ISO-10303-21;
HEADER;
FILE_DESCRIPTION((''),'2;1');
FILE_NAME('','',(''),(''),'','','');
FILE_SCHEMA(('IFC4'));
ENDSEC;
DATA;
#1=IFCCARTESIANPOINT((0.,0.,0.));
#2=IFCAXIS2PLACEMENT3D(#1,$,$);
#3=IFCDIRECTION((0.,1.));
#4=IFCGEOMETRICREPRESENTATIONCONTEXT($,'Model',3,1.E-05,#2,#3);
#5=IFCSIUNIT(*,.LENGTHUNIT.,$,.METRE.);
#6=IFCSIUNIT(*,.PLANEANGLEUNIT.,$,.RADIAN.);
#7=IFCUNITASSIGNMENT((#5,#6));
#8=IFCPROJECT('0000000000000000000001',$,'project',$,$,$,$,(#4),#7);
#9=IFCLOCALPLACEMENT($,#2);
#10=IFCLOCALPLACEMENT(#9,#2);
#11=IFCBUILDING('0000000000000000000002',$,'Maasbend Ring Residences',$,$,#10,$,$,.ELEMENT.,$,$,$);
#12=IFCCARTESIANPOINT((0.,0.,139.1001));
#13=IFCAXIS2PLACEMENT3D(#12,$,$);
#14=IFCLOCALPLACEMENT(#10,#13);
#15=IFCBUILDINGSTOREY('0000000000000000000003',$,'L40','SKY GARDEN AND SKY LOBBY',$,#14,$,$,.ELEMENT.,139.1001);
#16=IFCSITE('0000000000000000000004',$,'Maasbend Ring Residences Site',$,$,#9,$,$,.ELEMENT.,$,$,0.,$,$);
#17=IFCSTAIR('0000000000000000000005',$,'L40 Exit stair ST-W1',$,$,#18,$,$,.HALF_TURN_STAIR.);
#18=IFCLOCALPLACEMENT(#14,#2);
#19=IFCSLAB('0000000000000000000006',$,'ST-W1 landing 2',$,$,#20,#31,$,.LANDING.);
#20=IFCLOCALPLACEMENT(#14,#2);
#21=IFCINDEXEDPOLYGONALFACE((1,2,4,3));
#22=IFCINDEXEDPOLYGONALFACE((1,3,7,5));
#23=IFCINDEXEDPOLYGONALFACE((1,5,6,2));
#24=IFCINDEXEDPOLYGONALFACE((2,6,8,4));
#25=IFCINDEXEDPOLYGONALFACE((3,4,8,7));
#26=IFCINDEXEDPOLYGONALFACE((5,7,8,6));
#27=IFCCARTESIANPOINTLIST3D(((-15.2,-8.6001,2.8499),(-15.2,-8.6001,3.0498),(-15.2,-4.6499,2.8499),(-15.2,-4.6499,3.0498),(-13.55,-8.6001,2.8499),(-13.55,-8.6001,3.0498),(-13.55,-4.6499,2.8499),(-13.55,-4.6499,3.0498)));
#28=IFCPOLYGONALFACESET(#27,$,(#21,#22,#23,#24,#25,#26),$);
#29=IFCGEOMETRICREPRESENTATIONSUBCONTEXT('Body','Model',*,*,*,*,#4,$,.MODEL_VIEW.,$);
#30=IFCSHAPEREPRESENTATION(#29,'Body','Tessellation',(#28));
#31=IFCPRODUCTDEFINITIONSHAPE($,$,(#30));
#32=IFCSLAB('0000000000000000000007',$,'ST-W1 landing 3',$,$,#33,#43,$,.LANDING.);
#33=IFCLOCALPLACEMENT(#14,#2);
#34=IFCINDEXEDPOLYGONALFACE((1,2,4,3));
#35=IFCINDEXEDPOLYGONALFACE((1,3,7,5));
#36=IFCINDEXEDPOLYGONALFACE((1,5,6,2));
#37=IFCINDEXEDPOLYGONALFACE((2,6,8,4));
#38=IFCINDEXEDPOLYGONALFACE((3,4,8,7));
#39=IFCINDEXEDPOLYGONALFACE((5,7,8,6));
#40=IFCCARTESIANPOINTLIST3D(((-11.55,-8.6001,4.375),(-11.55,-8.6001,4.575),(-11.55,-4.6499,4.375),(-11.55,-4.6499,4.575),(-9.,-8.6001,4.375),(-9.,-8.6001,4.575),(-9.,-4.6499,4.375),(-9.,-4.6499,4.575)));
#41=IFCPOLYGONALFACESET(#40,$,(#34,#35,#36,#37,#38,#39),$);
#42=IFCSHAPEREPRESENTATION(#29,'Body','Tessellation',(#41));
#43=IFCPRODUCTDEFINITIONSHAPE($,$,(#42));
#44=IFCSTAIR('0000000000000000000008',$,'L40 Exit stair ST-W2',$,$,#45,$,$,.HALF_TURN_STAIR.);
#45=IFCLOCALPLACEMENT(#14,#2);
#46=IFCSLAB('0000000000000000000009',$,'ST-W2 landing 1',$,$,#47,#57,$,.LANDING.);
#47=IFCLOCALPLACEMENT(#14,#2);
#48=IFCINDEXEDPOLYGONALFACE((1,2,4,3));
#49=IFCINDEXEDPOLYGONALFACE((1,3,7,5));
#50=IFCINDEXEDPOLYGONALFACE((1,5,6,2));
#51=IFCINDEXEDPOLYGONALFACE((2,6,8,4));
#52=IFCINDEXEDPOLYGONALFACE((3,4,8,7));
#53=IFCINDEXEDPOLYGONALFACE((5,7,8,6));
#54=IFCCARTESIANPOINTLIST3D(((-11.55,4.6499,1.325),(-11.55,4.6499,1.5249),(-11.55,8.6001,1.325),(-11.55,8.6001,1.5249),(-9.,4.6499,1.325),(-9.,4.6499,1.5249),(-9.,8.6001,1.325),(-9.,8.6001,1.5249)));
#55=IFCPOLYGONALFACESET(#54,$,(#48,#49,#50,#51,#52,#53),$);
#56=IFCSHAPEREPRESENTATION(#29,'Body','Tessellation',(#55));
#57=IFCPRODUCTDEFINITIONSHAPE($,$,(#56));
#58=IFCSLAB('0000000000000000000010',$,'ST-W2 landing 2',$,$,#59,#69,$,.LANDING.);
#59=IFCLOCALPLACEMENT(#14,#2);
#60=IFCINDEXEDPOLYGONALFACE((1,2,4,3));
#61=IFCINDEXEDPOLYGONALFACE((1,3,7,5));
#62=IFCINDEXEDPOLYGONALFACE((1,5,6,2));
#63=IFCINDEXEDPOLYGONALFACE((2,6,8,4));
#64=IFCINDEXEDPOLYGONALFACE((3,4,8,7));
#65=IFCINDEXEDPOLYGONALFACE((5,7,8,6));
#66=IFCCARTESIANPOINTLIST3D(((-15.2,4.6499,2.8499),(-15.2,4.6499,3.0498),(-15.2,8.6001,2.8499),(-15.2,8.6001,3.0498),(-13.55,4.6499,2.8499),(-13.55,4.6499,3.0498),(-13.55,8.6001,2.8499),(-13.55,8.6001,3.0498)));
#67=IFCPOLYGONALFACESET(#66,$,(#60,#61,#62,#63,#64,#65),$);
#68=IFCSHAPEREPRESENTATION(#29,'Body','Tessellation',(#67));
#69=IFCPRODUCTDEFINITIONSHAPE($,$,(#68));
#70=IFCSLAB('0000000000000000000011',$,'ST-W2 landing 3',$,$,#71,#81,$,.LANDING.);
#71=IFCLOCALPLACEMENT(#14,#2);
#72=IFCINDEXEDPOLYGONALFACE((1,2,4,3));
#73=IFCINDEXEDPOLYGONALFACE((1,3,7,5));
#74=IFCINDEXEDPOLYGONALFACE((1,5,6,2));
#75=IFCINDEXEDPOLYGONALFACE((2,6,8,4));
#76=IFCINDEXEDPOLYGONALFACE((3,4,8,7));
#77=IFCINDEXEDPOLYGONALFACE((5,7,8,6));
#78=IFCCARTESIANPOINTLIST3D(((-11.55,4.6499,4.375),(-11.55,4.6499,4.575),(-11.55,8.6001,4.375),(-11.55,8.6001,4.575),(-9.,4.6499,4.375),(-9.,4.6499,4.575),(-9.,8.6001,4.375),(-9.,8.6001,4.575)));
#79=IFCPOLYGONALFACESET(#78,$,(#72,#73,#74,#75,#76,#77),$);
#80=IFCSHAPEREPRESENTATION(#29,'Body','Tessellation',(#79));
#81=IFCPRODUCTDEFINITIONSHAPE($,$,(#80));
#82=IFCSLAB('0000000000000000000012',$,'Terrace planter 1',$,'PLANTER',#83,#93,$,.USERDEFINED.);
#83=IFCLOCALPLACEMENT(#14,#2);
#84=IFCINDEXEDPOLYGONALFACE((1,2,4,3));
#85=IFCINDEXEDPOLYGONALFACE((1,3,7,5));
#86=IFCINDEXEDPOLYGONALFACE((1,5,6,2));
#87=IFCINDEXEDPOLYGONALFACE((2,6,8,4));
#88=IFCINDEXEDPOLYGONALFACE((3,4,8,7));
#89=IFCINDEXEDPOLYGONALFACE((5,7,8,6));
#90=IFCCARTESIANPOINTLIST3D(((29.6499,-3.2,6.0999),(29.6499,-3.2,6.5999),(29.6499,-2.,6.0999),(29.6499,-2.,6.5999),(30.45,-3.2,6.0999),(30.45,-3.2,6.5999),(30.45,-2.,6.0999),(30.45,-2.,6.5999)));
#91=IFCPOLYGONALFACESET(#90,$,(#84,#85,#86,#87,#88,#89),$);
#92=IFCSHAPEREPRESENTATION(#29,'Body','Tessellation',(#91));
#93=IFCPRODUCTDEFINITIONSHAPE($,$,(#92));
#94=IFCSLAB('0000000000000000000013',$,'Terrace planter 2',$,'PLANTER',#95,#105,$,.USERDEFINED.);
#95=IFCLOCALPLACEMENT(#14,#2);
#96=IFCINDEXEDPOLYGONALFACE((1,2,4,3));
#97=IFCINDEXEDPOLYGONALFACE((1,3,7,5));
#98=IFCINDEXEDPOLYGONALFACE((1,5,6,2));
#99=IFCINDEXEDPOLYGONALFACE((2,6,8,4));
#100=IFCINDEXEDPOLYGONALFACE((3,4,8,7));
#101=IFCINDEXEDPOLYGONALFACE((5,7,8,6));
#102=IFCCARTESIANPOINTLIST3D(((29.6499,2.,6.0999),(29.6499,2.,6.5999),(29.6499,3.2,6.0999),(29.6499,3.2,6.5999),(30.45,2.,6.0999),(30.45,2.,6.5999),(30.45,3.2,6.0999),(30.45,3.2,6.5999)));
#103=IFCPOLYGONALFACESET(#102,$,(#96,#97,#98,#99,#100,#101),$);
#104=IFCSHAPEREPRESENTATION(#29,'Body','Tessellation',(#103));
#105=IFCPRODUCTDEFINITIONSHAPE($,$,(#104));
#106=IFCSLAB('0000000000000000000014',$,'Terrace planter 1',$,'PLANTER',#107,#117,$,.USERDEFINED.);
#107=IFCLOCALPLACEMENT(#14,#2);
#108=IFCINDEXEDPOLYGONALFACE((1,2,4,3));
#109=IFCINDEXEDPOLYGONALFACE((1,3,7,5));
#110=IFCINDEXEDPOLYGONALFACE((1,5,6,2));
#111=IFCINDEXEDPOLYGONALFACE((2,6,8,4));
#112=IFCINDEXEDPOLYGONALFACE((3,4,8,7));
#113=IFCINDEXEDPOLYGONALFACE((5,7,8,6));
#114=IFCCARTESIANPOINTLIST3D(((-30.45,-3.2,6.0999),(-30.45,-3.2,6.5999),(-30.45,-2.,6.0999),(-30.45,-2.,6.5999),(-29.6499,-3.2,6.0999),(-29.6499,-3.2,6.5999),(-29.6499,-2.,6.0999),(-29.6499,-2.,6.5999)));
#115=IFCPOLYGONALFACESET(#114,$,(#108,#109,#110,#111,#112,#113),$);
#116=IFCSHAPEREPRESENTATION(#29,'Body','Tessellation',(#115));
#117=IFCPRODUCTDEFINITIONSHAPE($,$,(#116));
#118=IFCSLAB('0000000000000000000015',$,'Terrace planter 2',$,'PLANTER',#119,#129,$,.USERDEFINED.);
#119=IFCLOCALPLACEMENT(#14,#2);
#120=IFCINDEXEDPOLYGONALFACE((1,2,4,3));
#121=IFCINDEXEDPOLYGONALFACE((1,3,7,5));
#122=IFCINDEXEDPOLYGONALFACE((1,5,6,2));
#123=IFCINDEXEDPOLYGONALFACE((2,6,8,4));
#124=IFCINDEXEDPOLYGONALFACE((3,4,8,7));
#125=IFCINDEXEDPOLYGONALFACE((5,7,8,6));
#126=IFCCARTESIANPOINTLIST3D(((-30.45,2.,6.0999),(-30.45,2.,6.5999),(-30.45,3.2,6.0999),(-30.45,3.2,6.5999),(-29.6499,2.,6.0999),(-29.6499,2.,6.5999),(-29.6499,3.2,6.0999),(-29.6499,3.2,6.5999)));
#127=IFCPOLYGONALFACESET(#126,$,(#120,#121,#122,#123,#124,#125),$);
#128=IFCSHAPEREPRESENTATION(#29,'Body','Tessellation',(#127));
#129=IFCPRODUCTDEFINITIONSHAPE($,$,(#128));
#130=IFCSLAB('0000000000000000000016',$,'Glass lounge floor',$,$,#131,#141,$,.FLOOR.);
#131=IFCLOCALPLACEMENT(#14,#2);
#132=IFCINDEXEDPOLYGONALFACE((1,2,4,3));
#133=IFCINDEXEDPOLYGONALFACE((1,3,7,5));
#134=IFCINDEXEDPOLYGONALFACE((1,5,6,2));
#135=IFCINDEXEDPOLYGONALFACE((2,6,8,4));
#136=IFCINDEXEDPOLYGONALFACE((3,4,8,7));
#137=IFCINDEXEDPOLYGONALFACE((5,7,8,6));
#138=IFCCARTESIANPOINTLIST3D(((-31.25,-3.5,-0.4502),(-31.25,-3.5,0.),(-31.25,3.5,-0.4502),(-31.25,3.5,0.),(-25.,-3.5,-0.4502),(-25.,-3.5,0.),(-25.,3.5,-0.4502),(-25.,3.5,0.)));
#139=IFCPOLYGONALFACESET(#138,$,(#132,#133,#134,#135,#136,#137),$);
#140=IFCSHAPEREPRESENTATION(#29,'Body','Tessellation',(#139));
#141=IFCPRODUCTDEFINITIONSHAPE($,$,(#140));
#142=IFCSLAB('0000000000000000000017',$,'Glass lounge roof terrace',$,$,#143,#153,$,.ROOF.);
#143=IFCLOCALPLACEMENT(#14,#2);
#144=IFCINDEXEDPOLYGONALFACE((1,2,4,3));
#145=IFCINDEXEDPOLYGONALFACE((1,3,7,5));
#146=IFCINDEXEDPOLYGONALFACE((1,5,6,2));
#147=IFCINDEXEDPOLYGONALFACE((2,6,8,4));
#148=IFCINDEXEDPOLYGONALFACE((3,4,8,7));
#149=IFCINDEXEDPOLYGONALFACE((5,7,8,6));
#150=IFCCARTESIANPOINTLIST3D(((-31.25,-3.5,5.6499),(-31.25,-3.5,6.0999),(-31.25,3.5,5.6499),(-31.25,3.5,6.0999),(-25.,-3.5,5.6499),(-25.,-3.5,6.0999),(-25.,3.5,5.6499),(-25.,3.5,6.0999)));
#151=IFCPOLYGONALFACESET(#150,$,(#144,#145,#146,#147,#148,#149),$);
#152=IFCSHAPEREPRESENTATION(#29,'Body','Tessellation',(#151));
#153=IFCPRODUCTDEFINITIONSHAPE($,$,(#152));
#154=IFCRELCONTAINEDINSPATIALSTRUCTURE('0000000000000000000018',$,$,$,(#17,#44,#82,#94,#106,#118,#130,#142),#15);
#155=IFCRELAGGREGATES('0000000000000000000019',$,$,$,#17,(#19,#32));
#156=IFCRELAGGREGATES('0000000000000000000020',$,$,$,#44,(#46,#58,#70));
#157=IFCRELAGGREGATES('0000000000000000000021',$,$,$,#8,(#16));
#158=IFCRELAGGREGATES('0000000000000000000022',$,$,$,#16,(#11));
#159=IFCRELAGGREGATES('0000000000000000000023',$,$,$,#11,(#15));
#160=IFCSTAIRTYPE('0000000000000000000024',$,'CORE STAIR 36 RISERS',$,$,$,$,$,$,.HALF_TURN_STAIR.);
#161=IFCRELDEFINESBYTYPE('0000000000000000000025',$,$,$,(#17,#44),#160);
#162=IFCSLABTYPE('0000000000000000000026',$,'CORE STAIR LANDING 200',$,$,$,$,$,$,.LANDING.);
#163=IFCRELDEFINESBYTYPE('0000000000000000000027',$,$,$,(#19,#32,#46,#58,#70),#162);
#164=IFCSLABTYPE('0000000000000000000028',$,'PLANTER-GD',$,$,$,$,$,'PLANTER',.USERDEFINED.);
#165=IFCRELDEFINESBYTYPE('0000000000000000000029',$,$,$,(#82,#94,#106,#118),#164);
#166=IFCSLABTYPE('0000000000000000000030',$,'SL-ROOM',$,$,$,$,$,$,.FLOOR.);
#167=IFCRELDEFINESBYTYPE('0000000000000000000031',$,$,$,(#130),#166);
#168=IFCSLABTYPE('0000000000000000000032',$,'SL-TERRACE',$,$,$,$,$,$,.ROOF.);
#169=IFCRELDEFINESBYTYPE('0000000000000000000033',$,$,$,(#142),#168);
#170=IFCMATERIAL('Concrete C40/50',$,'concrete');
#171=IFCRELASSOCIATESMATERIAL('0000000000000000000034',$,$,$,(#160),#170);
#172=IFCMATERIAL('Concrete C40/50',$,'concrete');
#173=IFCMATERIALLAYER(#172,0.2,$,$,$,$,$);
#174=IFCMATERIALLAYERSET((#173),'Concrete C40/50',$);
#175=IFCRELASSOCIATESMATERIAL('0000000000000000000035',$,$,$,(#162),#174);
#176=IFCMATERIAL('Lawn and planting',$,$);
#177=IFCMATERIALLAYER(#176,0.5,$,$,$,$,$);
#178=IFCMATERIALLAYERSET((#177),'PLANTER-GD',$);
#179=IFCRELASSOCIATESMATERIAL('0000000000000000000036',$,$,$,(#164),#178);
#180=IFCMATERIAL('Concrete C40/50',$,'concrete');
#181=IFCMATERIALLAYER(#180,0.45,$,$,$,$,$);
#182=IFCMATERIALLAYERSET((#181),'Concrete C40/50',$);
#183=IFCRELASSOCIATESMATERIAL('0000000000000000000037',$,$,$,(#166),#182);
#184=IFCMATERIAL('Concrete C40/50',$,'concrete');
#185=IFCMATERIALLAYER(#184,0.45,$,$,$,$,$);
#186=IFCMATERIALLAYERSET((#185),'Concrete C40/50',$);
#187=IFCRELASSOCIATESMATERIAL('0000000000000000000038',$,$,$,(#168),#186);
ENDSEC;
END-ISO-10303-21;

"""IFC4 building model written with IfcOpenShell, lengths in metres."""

from ifc_helpers import new_model, si_unit, direction, frame, origin, place, context, subcontext, project, spatial, polyline, outline, extrude, material, layer, layer_set, type_object, element, aggregate, save


model = new_model("IFC4")

# Units and contexts
model_context = context("Model", 3, precision=1e-05, world=origin(), true_north=direction((0.0, 1.0)))
body_context = subcontext(model_context, "Body", "Model", "MODEL_VIEW")
ifc_project = project(units=[si_unit("LENGTHUNIT", "METRE"), si_unit("PLANEANGLEUNIT", "RADIAN")], contexts=[model_context])

# Site, building, storey
site_placement = place(None, origin())
site = spatial("IfcSite", under=ifc_project, at=site_placement, Name="Maasbend Ring Residences Site", CompositionType="ELEMENT", RefElevation=0.0)
building_placement = place(site_placement, origin())
building = spatial("IfcBuilding", under=site, at=building_placement, Name="Maasbend Ring Residences", CompositionType="ELEMENT")
storey_placement = place(building_placement, frame((0.0, 0.0, 139.1001)))
storey = spatial("IfcBuildingStorey", under=building, at=storey_placement, Name="L40", Description="SKY GARDEN AND SKY LOBBY", CompositionType="ELEMENT", Elevation=139.1001)

# Stairs, slabs
ifc_material_1 = material(Name="Concrete C40/50", Category="concrete")
stair_type = type_object("IfcStairType", Name="CORE STAIR 36 RISERS", PredefinedType="HALF_TURN_STAIR", material=ifc_material_1)
ifc_material_2 = material(Name="Concrete C40/50", Category="concrete")
ifc_layer_1 = layer(ifc_material_2, 0.2)
ifc_layer_set_1 = layer_set([ifc_layer_1], Name="Concrete C40/50")
slab_type_1 = type_object("IfcSlabType", Name="CORE STAIR LANDING 200", PredefinedType="LANDING", material=ifc_layer_set_1)
stair_1_placement = place(storey_placement, origin())
stair_1 = element("IfcStair", 1, at=stair_1_placement, inside=storey, type_object=stair_type, Name="L40 Exit stair ST-W1", PredefinedType="HALF_TURN_STAIR")
slab_1_placement = place(storey_placement, frame((0.0, 0.0, 2.8499)))
slab_1 = element("IfcSlab", 2, at=slab_1_placement, type_object=slab_type_1, Name="ST-W1 landing 2", PredefinedType="LANDING", context=body_context, shape_type="SweptSolid", body=[
    extrude(outline(polyline([(-15.2, -8.6001), (-13.55, -8.6001), (-13.55, -4.6499), (-15.2, -4.6499), (-15.2, -8.6001)])), origin(), (0.0, 0.0, 1.0), 0.2),
])
slab_2_placement = place(storey_placement, frame((0.0, 0.0, 4.375)))
slab_2 = element("IfcSlab", 3, at=slab_2_placement, type_object=slab_type_1, Name="ST-W1 landing 3", PredefinedType="LANDING", context=body_context, shape_type="SweptSolid", body=[
    extrude(outline(polyline([(-11.55, -8.6001), (-9.0, -8.6001), (-9.0, -4.6499), (-11.55, -4.6499), (-11.55, -8.6001)])), origin(), (0.0, 0.0, 1.0), 0.2),
])
aggregate(stair_1, [slab_1, slab_2])
stair_2_placement = place(storey_placement, origin())
stair_2 = element("IfcStair", 4, at=stair_2_placement, inside=storey, type_object=stair_type, Name="L40 Exit stair ST-W2", PredefinedType="HALF_TURN_STAIR")
slab_3_placement = place(storey_placement, frame((0.0, 0.0, 1.325)))
slab_3 = element("IfcSlab", 5, at=slab_3_placement, type_object=slab_type_1, Name="ST-W2 landing 1", PredefinedType="LANDING", context=body_context, shape_type="SweptSolid", body=[
    extrude(outline(polyline([(-11.55, 4.6499), (-9.0, 4.6499), (-9.0, 8.6001), (-11.55, 8.6001), (-11.55, 4.6499)])), origin(), (0.0, 0.0, 1.0), 0.2),
])
slab_4_placement = place(storey_placement, frame((0.0, 0.0, 2.8499)))
slab_4 = element("IfcSlab", 6, at=slab_4_placement, type_object=slab_type_1, Name="ST-W2 landing 2", PredefinedType="LANDING", context=body_context, shape_type="SweptSolid", body=[
    extrude(outline(polyline([(-15.2, 4.6499), (-13.55, 4.6499), (-13.55, 8.6001), (-15.2, 8.6001), (-15.2, 4.6499)])), origin(), (0.0, 0.0, 1.0), 0.2),
])
slab_5_placement = place(storey_placement, frame((0.0, 0.0, 4.375)))
slab_5 = element("IfcSlab", 7, at=slab_5_placement, type_object=slab_type_1, Name="ST-W2 landing 3", PredefinedType="LANDING", context=body_context, shape_type="SweptSolid", body=[
    extrude(outline(polyline([(-11.55, 4.6499), (-9.0, 4.6499), (-9.0, 8.6001), (-11.55, 8.6001), (-11.55, 4.6499)])), origin(), (0.0, 0.0, 1.0), 0.2),
])
aggregate(stair_2, [slab_3, slab_4, slab_5])

# Slabs
ifc_material_3 = material(Name="Lawn and planting")
ifc_layer_2 = layer(ifc_material_3, 0.5)
ifc_layer_set_2 = layer_set([ifc_layer_2], Name="PLANTER-GD")
slab_type_2 = type_object("IfcSlabType", Name="PLANTER-GD", ElementType="PLANTER", PredefinedType="USERDEFINED", material=ifc_layer_set_2)
slab_6_placement = place(storey_placement, frame((0.0, 0.0, 6.0999)))
element("IfcSlab", 8, at=slab_6_placement, inside=storey, type_object=slab_type_2, Name="Terrace planter 1", ObjectType="PLANTER", PredefinedType="USERDEFINED", context=body_context, shape_type="SweptSolid", body=[
    extrude(outline(polyline([(29.6499, -3.2), (30.45, -3.2), (30.45, -2.0), (29.6499, -2.0), (29.6499, -3.2)])), origin(), (0.0, 0.0, 1.0), 0.5),
])
slab_7_placement = place(storey_placement, frame((0.0, 0.0, 6.0999)))
element("IfcSlab", 9, at=slab_7_placement, inside=storey, type_object=slab_type_2, Name="Terrace planter 2", ObjectType="PLANTER", PredefinedType="USERDEFINED", context=body_context, shape_type="SweptSolid", body=[
    extrude(outline(polyline([(29.6499, 2.0), (30.45, 2.0), (30.45, 3.2), (29.6499, 3.2), (29.6499, 2.0)])), origin(), (0.0, 0.0, 1.0), 0.5),
])
slab_8_placement = place(storey_placement, frame((0.0, 0.0, 6.0999)))
element("IfcSlab", 10, at=slab_8_placement, inside=storey, type_object=slab_type_2, Name="Terrace planter 1", ObjectType="PLANTER", PredefinedType="USERDEFINED", context=body_context, shape_type="SweptSolid", body=[
    extrude(outline(polyline([(-30.45, -3.2), (-29.6499, -3.2), (-29.6499, -2.0), (-30.45, -2.0), (-30.45, -3.2)])), origin(), (0.0, 0.0, 1.0), 0.5),
])
slab_9_placement = place(storey_placement, frame((0.0, 0.0, 6.0999)))
element("IfcSlab", 11, at=slab_9_placement, inside=storey, type_object=slab_type_2, Name="Terrace planter 2", ObjectType="PLANTER", PredefinedType="USERDEFINED", context=body_context, shape_type="SweptSolid", body=[
    extrude(outline(polyline([(-30.45, 2.0), (-29.6499, 2.0), (-29.6499, 3.2), (-30.45, 3.2), (-30.45, 2.0)])), origin(), (0.0, 0.0, 1.0), 0.5),
])
ifc_material_4 = material(Name="Concrete C40/50", Category="concrete")
ifc_layer_3 = layer(ifc_material_4, 0.45)
ifc_layer_set_3 = layer_set([ifc_layer_3], Name="Concrete C40/50")
slab_type_3 = type_object("IfcSlabType", Name="SL-ROOM", PredefinedType="FLOOR", material=ifc_layer_set_3)
slab_10_placement = place(storey_placement, frame((0.0, 0.0, -0.4502)))
element("IfcSlab", 12, at=slab_10_placement, inside=storey, type_object=slab_type_3, Name="Glass lounge floor", PredefinedType="FLOOR", context=body_context, shape_type="SweptSolid", body=[
    extrude(outline(polyline([(-31.25, -3.5), (-25.0, -3.5), (-25.0, 3.5), (-31.25, 3.5), (-31.25, -3.5)])), origin(), (0.0, 0.0, 1.0), 0.4502),
])
ifc_material_5 = material(Name="Concrete C40/50", Category="concrete")
ifc_layer_4 = layer(ifc_material_5, 0.45)
ifc_layer_set_4 = layer_set([ifc_layer_4], Name="Concrete C40/50")
slab_type_4 = type_object("IfcSlabType", Name="SL-TERRACE", PredefinedType="ROOF", material=ifc_layer_set_4)
slab_11_placement = place(storey_placement, frame((0.0, 0.0, 5.6499)))
element("IfcSlab", 13, at=slab_11_placement, inside=storey, type_object=slab_type_4, Name="Glass lounge roof terrace", PredefinedType="ROOF", context=body_context, shape_type="SweptSolid", body=[
    extrude(outline(polyline([(-31.25, -3.5), (-25.0, -3.5), (-25.0, 3.5), (-31.25, 3.5), (-31.25, -3.5)])), origin(), (0.0, 0.0, 1.0), 0.45),
])

save(model, "model.ifc")
